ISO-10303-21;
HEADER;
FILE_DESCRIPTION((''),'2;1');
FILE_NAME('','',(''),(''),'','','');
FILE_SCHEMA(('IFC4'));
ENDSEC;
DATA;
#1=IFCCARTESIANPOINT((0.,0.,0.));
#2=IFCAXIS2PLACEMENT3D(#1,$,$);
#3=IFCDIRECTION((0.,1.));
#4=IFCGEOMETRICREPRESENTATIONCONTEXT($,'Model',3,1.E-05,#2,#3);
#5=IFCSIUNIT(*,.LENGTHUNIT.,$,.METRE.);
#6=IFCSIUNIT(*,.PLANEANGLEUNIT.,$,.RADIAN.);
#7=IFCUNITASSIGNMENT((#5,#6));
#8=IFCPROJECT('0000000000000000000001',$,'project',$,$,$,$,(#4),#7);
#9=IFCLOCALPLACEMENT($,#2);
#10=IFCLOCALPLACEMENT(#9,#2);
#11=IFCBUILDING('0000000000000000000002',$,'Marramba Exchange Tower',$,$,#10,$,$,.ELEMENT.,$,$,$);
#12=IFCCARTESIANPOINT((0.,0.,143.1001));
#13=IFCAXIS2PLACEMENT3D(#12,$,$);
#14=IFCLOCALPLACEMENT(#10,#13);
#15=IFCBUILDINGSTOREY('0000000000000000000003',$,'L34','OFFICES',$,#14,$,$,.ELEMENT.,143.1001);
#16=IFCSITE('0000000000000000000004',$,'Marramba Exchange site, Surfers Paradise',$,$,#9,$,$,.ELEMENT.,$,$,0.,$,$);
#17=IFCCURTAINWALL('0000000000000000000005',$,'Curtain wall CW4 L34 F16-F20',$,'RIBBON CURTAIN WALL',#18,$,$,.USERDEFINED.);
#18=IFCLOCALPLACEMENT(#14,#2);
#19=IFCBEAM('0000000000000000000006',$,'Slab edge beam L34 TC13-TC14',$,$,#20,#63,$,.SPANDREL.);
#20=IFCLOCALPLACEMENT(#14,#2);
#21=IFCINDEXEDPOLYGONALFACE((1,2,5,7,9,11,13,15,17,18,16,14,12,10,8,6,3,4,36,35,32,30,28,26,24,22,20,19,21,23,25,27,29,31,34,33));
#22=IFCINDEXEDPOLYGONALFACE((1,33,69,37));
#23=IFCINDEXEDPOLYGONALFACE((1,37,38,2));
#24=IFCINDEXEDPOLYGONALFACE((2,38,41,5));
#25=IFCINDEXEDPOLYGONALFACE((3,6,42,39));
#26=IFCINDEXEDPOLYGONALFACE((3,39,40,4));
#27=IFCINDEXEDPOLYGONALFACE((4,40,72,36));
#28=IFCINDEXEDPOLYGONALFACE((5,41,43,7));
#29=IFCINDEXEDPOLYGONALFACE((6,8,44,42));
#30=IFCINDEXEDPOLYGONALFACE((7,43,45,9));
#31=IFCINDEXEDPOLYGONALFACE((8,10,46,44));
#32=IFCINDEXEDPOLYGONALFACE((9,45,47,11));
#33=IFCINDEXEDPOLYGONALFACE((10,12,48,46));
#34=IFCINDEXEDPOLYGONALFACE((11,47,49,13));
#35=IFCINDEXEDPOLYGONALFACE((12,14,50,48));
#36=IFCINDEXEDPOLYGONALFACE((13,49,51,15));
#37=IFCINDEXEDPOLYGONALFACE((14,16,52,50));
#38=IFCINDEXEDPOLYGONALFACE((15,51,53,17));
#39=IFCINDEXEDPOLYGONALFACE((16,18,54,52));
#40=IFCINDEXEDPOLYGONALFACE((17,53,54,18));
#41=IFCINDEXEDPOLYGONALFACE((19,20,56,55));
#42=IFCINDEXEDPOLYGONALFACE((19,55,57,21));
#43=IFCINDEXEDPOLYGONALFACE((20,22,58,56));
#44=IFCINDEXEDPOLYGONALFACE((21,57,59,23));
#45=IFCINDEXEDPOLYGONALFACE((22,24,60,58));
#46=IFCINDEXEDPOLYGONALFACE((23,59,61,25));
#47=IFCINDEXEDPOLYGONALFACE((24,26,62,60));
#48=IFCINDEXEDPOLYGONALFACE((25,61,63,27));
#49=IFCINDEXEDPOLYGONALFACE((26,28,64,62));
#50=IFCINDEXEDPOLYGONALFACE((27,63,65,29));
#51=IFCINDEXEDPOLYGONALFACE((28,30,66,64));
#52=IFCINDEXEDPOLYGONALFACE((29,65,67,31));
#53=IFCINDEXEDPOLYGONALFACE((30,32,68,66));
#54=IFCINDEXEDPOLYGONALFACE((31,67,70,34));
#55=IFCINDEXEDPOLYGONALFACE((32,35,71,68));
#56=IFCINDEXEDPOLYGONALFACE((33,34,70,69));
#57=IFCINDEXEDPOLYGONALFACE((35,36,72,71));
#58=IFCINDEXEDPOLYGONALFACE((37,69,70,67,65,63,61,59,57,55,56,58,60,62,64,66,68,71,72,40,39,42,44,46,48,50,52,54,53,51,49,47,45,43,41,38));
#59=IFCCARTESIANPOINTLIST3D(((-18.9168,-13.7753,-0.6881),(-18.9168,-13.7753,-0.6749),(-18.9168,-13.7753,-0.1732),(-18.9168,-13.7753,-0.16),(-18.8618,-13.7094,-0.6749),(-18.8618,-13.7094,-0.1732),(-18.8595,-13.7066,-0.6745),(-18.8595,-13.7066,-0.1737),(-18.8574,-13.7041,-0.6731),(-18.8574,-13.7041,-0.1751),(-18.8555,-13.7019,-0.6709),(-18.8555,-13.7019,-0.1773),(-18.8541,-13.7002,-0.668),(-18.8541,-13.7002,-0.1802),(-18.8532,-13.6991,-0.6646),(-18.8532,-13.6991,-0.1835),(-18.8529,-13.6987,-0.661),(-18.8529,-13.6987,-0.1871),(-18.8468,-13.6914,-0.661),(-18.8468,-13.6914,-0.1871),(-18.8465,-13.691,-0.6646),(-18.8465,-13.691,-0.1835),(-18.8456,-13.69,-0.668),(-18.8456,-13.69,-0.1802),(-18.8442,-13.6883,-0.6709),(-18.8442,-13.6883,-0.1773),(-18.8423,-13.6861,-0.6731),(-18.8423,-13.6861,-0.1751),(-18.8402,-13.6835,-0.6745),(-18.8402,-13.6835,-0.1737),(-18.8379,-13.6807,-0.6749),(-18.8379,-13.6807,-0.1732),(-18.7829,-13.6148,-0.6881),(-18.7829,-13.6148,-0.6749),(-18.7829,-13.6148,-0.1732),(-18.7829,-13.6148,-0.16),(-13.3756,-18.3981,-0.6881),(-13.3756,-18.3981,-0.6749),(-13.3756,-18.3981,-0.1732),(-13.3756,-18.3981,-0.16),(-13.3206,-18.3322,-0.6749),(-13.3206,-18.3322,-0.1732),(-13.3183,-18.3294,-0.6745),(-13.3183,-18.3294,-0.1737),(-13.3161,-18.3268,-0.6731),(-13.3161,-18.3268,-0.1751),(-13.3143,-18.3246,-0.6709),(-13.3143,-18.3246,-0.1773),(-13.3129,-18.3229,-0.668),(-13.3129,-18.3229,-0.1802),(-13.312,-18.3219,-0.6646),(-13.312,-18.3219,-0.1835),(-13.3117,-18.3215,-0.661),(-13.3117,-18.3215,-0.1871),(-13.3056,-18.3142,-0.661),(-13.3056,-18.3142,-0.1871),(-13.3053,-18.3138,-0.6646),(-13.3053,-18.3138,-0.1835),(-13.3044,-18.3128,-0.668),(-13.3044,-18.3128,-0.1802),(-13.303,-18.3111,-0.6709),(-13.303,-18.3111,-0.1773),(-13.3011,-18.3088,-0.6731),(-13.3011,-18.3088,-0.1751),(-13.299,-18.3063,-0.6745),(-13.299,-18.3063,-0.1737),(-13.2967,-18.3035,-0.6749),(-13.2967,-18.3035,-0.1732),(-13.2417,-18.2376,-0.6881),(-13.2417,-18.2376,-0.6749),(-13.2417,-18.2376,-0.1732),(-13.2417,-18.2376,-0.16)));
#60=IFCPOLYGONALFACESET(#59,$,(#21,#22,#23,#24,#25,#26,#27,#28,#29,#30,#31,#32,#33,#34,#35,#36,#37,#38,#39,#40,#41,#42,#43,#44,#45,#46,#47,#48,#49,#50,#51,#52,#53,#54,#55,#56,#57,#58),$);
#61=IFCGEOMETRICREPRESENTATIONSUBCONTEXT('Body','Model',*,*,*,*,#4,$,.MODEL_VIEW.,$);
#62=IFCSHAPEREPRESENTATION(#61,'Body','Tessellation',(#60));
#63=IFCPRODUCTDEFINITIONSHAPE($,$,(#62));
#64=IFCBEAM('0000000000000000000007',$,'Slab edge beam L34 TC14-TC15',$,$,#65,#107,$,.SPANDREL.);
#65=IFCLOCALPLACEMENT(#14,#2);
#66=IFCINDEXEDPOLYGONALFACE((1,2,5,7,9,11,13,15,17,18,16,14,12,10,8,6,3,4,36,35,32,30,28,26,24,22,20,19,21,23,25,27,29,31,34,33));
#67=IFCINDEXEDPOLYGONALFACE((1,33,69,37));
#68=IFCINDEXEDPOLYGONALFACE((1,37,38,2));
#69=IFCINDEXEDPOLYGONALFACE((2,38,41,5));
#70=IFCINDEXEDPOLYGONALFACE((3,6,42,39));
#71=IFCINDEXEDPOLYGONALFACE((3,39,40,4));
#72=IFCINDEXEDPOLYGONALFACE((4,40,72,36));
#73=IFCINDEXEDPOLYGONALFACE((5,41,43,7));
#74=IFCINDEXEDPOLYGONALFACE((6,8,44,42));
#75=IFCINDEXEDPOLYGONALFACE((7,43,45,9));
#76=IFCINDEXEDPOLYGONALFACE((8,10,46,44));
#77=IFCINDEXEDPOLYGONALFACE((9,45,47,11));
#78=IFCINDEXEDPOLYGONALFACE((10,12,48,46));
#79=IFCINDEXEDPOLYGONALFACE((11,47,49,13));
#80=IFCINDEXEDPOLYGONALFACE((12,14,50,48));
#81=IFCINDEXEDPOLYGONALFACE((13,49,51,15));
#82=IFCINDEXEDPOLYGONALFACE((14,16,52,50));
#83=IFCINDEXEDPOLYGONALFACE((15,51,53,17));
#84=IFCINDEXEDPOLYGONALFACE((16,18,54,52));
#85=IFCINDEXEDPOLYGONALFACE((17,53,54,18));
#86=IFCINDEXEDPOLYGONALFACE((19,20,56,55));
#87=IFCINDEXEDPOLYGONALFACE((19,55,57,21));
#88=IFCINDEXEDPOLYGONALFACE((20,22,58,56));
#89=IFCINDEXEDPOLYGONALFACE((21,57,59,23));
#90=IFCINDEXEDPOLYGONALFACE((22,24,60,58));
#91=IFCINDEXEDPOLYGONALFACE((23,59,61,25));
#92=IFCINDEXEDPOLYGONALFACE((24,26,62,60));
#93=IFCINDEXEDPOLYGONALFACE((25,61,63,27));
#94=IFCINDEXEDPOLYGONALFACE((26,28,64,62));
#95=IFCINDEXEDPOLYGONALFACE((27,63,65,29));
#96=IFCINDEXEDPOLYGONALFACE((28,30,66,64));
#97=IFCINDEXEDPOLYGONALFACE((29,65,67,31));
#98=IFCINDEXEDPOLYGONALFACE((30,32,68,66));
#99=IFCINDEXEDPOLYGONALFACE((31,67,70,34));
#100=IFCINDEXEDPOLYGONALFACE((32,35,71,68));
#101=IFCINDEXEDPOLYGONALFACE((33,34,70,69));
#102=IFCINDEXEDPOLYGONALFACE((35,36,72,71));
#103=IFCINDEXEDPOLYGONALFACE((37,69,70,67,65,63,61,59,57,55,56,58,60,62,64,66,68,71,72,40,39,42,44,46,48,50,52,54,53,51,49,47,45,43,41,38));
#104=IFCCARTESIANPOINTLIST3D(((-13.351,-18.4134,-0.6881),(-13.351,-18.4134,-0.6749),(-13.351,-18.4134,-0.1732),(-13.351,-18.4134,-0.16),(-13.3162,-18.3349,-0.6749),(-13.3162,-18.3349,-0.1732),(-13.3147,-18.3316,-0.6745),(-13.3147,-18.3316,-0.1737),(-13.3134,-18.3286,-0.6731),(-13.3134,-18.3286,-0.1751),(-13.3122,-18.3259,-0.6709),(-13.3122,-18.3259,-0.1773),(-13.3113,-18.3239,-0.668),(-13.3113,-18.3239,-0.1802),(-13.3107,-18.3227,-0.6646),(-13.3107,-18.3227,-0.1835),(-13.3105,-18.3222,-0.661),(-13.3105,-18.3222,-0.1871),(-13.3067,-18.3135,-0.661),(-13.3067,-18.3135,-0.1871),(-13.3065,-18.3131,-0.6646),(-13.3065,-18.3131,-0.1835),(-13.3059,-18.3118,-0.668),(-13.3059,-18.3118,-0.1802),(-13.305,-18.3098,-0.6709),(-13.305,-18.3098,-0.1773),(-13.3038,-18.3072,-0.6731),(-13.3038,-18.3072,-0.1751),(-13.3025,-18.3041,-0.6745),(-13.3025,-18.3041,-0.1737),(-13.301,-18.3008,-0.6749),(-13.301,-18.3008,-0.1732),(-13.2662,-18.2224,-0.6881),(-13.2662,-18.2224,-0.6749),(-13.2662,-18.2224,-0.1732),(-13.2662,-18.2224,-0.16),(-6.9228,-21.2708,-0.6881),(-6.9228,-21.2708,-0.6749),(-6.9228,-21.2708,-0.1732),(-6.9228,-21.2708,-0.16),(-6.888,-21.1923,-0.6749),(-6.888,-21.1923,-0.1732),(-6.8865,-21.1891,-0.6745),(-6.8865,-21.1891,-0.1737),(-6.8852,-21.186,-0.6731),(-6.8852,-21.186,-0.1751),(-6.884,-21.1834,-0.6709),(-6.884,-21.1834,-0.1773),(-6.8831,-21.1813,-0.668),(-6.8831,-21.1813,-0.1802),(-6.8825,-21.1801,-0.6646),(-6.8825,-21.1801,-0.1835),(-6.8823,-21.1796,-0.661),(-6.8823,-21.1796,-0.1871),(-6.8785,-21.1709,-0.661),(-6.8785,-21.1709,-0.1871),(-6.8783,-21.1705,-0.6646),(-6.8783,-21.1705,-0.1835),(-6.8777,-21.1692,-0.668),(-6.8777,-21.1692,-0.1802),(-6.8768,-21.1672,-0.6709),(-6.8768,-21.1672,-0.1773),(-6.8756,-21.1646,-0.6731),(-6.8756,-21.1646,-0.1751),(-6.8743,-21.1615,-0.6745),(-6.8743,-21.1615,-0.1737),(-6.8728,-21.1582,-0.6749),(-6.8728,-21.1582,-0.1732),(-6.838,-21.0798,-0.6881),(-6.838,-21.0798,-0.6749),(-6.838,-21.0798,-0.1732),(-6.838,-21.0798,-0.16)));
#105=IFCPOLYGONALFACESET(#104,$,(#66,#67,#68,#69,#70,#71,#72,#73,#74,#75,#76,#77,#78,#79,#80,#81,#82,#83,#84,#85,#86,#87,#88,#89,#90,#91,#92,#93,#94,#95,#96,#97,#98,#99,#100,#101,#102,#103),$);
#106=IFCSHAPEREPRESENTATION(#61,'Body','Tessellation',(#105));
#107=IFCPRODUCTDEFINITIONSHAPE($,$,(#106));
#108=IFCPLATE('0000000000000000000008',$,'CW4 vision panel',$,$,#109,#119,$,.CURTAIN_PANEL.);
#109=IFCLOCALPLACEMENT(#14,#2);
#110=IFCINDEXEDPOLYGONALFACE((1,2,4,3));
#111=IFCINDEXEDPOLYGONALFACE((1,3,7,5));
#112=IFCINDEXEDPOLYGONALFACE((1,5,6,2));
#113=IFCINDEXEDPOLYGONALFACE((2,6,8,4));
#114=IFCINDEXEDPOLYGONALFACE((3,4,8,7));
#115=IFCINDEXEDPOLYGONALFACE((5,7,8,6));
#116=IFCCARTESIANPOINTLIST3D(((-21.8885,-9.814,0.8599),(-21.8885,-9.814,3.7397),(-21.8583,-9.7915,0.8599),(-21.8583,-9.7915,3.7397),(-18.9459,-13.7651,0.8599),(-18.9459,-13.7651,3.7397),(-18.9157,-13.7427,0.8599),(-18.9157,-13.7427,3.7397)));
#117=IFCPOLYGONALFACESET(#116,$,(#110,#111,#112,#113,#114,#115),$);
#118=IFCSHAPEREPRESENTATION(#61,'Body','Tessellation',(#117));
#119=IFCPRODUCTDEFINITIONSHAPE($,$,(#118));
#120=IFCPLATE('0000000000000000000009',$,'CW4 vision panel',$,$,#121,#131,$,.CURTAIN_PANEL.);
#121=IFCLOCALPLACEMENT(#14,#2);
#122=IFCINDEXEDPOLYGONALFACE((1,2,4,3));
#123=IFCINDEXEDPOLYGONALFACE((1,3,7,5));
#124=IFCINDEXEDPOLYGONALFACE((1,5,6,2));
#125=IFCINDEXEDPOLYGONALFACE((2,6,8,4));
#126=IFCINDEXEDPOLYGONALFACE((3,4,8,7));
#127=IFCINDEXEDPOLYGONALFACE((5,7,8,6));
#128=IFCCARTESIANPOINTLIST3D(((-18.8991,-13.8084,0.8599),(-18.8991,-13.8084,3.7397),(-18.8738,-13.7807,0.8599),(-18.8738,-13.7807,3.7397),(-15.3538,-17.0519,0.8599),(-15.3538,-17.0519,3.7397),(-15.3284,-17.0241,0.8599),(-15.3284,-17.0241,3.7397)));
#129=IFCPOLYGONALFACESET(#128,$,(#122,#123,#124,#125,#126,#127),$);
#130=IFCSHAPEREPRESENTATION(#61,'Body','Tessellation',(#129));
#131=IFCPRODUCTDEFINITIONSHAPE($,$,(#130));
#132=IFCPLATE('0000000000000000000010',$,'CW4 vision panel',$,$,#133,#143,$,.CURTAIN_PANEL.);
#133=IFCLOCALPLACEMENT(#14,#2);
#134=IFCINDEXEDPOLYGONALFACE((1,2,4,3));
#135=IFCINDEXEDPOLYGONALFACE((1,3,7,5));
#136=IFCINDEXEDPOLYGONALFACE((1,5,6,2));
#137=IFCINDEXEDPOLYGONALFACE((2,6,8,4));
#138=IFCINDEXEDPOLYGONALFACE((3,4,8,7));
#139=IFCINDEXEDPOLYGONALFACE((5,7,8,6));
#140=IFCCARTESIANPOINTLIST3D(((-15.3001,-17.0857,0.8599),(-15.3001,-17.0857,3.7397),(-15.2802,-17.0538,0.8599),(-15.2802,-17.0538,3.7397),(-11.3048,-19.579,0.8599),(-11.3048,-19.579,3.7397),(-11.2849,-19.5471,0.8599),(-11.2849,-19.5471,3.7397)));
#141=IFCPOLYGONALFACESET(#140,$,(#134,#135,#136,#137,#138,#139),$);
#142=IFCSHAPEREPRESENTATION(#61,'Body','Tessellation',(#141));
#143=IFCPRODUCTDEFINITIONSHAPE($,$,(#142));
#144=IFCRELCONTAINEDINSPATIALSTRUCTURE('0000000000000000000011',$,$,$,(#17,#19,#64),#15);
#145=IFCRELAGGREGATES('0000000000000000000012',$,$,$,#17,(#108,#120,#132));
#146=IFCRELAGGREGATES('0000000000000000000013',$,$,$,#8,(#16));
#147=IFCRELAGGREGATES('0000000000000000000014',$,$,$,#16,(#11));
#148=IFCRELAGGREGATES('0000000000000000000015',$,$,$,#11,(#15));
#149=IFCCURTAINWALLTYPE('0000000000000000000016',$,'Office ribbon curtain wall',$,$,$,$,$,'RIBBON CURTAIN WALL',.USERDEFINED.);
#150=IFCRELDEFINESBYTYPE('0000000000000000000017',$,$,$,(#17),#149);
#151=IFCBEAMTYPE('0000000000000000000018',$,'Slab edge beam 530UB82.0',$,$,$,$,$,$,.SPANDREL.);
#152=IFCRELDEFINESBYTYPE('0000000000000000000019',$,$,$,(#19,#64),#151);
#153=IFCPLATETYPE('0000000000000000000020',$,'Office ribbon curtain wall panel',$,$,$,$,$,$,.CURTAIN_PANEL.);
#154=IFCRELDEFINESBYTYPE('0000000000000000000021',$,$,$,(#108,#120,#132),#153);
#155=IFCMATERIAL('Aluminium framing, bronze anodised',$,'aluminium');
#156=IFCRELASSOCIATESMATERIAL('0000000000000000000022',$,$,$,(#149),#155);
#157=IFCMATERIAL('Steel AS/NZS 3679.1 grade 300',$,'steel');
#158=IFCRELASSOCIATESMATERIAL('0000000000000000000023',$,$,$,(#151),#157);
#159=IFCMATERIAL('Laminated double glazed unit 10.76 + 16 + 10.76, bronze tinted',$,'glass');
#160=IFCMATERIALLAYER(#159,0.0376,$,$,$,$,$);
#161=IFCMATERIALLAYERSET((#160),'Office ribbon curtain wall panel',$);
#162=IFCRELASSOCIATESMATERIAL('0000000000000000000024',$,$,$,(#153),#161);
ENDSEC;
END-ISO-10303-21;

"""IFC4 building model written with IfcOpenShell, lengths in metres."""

from ifc_helpers import new_model, si_unit, direction, frame, origin, origin_2d, place, context, subcontext, project, spatial, rectangle, i_section, extrude, material, layer, layer_set, material_profile, profile_set, type_object, element, aggregate, save


model = new_model("IFC4")

# Units and contexts
model_context = context("Model", 3, precision=1e-05, world=origin(), true_north=direction((0.0, 1.0)))
body_context = subcontext(model_context, "Body", "Model", "MODEL_VIEW")
ifc_project = project(units=[si_unit("LENGTHUNIT", "METRE"), si_unit("PLANEANGLEUNIT", "RADIAN")], contexts=[model_context])

# Site, building, storey
site_placement = place(None, origin())
site = spatial("IfcSite", under=ifc_project, at=site_placement, Name="Marramba Exchange site, Surfers Paradise", CompositionType="ELEMENT", RefElevation=0.0)
building_placement = place(site_placement, origin())
building = spatial("IfcBuilding", under=site, at=building_placement, Name="Marramba Exchange Tower", CompositionType="ELEMENT")
storey_placement = place(building_placement, frame((0.0, 0.0, 143.1001)))
storey = spatial("IfcBuildingStorey", under=building, at=storey_placement, Name="L34", Description="OFFICES", CompositionType="ELEMENT", Elevation=143.1001)

# Curtain wall
ifc_material_1 = material(Name="Aluminium framing, bronze anodised", Category="aluminium")
curtain_wall_type = type_object("IfcCurtainWallType", Name="Office ribbon curtain wall", ElementType="RIBBON CURTAIN WALL", PredefinedType="USERDEFINED", material=ifc_material_1)
curtain_wall_placement = place(storey_placement, origin())
curtain_wall = element("IfcCurtainWall", 1, at=curtain_wall_placement, inside=storey, type_object=curtain_wall_type, Name="Curtain wall CW4 L34 F16-F20", ObjectType="RIBBON CURTAIN WALL", PredefinedType="USERDEFINED")

# Beams
ifc_material_2 = material(Name="Steel AS/NZS 3679.1 grade 300", Category="steel")
ifc_material_profile_1 = material_profile(ifc_material_2, i_section(OverallWidth=0.209, OverallDepth=0.5281, WebThickness=0.0095, FlangeThickness=0.0132, FilletRadius=0.0139, at=origin_2d()), Name="530UB82.0")
ifc_profile_set_1 = profile_set([ifc_material_profile_1], Name="Steel AS/NZS 3679.1 grade 300")
beam_type_1 = type_object("IfcBeamType", Name="Slab edge beam 530UB82.0", PredefinedType="SPANDREL", material=ifc_profile_set_1)
beam_1_placement = place(storey_placement, frame((-18.8499, -13.6951, -0.4241), z_axis=(0.767875, -0.6406, 0.0), x_axis=(0.6406, 0.767875, 0.0)))
element("IfcBeam", 2, at=beam_1_placement, inside=storey, type_object=beam_type_1, Name="Slab edge beam L34 TC13-TC14", PredefinedType="SPANDREL", context=body_context, shape_type="SweptSolid", body=[
    extrude(i_section(OverallWidth=0.209, OverallDepth=0.5281, WebThickness=0.0095, FlangeThickness=0.0132, FilletRadius=0.0139, at=origin_2d()), origin(), (0.0, 0.0, 1.0), 7.2163),
])
beam_2_placement = place(storey_placement, frame((-13.3086, -18.3179, -0.4241), z_axis=(0.913789, -0.40619, 0.0), x_axis=(0.40619, 0.913789, 0.0)))
element("IfcBeam", 3, at=beam_2_placement, inside=storey, type_object=beam_type_1, Name="Slab edge beam L34 TC14-TC15", PredefinedType="SPANDREL", context=body_context, shape_type="SweptSolid", body=[
    extrude(i_section(OverallWidth=0.209, OverallDepth=0.5281, WebThickness=0.0095, FlangeThickness=0.0132, FilletRadius=0.0139, at=origin_2d()), origin(), (0.0, 0.0, 1.0), 7.0347),
])

# Plates
ifc_material_3 = material(Name="Laminated double glazed unit 10.76 + 16 + 10.76, bronze tinted", Category="glass")
ifc_layer_1 = layer(ifc_material_3, 0.0376)
ifc_layer_set_1 = layer_set([ifc_layer_1], Name="Office ribbon curtain wall panel")
plate_type = type_object("IfcPlateType", Name="Office ribbon curtain wall panel", PredefinedType="CURTAIN_PANEL", material=ifc_layer_set_1)
plate_1_placement = place(storey_placement, frame((-20.4021, -11.7783, 0.8599), z_axis=(0.0, 0.0, 1.0), x_axis=(0.597305, -0.802014, 0.0)))
plate_1 = element("IfcPlate", 4, at=plate_1_placement, type_object=plate_type, Name="CW4 vision panel", PredefinedType="CURTAIN_PANEL", context=body_context, shape_type="SweptSolid", body=[
    extrude(rectangle(XDim=4.9265, YDim=0.0376, at=origin_2d()), origin(), (0.0, 0.0, 1.0), 2.8799),
])
plate_2_placement = place(storey_placement, frame((-17.1138, -15.4163, 0.8599), z_axis=(0.0, 0.0, 1.0), x_axis=(0.737822, -0.674995, 0.0)))
plate_2 = element("IfcPlate", 5, at=plate_2_placement, type_object=plate_type, Name="CW4 vision panel", PredefinedType="CURTAIN_PANEL", context=body_context, shape_type="SweptSolid", body=[
    extrude(rectangle(XDim=4.8052, YDim=0.0376, at=origin_2d()), origin(), (0.0, 0.0, 1.0), 2.8799),
])
plate_3_placement = place(storey_placement, frame((-13.2925, -18.3164, 0.8599), z_axis=(0.0, 0.0, 1.0), x_axis=(0.848355, -0.529428, 0.0)))
plate_3 = element("IfcPlate", 6, at=plate_3_placement, type_object=plate_type, Name="CW4 vision panel", PredefinedType="CURTAIN_PANEL", context=body_context, shape_type="SweptSolid", body=[
    extrude(rectangle(XDim=4.7095, YDim=0.0376, at=origin_2d()), origin(), (0.0, 0.0, 1.0), 2.8799),
])
aggregate(curtain_wall, [plate_1, plate_2, plate_3])

save(model, "model.ifc")
